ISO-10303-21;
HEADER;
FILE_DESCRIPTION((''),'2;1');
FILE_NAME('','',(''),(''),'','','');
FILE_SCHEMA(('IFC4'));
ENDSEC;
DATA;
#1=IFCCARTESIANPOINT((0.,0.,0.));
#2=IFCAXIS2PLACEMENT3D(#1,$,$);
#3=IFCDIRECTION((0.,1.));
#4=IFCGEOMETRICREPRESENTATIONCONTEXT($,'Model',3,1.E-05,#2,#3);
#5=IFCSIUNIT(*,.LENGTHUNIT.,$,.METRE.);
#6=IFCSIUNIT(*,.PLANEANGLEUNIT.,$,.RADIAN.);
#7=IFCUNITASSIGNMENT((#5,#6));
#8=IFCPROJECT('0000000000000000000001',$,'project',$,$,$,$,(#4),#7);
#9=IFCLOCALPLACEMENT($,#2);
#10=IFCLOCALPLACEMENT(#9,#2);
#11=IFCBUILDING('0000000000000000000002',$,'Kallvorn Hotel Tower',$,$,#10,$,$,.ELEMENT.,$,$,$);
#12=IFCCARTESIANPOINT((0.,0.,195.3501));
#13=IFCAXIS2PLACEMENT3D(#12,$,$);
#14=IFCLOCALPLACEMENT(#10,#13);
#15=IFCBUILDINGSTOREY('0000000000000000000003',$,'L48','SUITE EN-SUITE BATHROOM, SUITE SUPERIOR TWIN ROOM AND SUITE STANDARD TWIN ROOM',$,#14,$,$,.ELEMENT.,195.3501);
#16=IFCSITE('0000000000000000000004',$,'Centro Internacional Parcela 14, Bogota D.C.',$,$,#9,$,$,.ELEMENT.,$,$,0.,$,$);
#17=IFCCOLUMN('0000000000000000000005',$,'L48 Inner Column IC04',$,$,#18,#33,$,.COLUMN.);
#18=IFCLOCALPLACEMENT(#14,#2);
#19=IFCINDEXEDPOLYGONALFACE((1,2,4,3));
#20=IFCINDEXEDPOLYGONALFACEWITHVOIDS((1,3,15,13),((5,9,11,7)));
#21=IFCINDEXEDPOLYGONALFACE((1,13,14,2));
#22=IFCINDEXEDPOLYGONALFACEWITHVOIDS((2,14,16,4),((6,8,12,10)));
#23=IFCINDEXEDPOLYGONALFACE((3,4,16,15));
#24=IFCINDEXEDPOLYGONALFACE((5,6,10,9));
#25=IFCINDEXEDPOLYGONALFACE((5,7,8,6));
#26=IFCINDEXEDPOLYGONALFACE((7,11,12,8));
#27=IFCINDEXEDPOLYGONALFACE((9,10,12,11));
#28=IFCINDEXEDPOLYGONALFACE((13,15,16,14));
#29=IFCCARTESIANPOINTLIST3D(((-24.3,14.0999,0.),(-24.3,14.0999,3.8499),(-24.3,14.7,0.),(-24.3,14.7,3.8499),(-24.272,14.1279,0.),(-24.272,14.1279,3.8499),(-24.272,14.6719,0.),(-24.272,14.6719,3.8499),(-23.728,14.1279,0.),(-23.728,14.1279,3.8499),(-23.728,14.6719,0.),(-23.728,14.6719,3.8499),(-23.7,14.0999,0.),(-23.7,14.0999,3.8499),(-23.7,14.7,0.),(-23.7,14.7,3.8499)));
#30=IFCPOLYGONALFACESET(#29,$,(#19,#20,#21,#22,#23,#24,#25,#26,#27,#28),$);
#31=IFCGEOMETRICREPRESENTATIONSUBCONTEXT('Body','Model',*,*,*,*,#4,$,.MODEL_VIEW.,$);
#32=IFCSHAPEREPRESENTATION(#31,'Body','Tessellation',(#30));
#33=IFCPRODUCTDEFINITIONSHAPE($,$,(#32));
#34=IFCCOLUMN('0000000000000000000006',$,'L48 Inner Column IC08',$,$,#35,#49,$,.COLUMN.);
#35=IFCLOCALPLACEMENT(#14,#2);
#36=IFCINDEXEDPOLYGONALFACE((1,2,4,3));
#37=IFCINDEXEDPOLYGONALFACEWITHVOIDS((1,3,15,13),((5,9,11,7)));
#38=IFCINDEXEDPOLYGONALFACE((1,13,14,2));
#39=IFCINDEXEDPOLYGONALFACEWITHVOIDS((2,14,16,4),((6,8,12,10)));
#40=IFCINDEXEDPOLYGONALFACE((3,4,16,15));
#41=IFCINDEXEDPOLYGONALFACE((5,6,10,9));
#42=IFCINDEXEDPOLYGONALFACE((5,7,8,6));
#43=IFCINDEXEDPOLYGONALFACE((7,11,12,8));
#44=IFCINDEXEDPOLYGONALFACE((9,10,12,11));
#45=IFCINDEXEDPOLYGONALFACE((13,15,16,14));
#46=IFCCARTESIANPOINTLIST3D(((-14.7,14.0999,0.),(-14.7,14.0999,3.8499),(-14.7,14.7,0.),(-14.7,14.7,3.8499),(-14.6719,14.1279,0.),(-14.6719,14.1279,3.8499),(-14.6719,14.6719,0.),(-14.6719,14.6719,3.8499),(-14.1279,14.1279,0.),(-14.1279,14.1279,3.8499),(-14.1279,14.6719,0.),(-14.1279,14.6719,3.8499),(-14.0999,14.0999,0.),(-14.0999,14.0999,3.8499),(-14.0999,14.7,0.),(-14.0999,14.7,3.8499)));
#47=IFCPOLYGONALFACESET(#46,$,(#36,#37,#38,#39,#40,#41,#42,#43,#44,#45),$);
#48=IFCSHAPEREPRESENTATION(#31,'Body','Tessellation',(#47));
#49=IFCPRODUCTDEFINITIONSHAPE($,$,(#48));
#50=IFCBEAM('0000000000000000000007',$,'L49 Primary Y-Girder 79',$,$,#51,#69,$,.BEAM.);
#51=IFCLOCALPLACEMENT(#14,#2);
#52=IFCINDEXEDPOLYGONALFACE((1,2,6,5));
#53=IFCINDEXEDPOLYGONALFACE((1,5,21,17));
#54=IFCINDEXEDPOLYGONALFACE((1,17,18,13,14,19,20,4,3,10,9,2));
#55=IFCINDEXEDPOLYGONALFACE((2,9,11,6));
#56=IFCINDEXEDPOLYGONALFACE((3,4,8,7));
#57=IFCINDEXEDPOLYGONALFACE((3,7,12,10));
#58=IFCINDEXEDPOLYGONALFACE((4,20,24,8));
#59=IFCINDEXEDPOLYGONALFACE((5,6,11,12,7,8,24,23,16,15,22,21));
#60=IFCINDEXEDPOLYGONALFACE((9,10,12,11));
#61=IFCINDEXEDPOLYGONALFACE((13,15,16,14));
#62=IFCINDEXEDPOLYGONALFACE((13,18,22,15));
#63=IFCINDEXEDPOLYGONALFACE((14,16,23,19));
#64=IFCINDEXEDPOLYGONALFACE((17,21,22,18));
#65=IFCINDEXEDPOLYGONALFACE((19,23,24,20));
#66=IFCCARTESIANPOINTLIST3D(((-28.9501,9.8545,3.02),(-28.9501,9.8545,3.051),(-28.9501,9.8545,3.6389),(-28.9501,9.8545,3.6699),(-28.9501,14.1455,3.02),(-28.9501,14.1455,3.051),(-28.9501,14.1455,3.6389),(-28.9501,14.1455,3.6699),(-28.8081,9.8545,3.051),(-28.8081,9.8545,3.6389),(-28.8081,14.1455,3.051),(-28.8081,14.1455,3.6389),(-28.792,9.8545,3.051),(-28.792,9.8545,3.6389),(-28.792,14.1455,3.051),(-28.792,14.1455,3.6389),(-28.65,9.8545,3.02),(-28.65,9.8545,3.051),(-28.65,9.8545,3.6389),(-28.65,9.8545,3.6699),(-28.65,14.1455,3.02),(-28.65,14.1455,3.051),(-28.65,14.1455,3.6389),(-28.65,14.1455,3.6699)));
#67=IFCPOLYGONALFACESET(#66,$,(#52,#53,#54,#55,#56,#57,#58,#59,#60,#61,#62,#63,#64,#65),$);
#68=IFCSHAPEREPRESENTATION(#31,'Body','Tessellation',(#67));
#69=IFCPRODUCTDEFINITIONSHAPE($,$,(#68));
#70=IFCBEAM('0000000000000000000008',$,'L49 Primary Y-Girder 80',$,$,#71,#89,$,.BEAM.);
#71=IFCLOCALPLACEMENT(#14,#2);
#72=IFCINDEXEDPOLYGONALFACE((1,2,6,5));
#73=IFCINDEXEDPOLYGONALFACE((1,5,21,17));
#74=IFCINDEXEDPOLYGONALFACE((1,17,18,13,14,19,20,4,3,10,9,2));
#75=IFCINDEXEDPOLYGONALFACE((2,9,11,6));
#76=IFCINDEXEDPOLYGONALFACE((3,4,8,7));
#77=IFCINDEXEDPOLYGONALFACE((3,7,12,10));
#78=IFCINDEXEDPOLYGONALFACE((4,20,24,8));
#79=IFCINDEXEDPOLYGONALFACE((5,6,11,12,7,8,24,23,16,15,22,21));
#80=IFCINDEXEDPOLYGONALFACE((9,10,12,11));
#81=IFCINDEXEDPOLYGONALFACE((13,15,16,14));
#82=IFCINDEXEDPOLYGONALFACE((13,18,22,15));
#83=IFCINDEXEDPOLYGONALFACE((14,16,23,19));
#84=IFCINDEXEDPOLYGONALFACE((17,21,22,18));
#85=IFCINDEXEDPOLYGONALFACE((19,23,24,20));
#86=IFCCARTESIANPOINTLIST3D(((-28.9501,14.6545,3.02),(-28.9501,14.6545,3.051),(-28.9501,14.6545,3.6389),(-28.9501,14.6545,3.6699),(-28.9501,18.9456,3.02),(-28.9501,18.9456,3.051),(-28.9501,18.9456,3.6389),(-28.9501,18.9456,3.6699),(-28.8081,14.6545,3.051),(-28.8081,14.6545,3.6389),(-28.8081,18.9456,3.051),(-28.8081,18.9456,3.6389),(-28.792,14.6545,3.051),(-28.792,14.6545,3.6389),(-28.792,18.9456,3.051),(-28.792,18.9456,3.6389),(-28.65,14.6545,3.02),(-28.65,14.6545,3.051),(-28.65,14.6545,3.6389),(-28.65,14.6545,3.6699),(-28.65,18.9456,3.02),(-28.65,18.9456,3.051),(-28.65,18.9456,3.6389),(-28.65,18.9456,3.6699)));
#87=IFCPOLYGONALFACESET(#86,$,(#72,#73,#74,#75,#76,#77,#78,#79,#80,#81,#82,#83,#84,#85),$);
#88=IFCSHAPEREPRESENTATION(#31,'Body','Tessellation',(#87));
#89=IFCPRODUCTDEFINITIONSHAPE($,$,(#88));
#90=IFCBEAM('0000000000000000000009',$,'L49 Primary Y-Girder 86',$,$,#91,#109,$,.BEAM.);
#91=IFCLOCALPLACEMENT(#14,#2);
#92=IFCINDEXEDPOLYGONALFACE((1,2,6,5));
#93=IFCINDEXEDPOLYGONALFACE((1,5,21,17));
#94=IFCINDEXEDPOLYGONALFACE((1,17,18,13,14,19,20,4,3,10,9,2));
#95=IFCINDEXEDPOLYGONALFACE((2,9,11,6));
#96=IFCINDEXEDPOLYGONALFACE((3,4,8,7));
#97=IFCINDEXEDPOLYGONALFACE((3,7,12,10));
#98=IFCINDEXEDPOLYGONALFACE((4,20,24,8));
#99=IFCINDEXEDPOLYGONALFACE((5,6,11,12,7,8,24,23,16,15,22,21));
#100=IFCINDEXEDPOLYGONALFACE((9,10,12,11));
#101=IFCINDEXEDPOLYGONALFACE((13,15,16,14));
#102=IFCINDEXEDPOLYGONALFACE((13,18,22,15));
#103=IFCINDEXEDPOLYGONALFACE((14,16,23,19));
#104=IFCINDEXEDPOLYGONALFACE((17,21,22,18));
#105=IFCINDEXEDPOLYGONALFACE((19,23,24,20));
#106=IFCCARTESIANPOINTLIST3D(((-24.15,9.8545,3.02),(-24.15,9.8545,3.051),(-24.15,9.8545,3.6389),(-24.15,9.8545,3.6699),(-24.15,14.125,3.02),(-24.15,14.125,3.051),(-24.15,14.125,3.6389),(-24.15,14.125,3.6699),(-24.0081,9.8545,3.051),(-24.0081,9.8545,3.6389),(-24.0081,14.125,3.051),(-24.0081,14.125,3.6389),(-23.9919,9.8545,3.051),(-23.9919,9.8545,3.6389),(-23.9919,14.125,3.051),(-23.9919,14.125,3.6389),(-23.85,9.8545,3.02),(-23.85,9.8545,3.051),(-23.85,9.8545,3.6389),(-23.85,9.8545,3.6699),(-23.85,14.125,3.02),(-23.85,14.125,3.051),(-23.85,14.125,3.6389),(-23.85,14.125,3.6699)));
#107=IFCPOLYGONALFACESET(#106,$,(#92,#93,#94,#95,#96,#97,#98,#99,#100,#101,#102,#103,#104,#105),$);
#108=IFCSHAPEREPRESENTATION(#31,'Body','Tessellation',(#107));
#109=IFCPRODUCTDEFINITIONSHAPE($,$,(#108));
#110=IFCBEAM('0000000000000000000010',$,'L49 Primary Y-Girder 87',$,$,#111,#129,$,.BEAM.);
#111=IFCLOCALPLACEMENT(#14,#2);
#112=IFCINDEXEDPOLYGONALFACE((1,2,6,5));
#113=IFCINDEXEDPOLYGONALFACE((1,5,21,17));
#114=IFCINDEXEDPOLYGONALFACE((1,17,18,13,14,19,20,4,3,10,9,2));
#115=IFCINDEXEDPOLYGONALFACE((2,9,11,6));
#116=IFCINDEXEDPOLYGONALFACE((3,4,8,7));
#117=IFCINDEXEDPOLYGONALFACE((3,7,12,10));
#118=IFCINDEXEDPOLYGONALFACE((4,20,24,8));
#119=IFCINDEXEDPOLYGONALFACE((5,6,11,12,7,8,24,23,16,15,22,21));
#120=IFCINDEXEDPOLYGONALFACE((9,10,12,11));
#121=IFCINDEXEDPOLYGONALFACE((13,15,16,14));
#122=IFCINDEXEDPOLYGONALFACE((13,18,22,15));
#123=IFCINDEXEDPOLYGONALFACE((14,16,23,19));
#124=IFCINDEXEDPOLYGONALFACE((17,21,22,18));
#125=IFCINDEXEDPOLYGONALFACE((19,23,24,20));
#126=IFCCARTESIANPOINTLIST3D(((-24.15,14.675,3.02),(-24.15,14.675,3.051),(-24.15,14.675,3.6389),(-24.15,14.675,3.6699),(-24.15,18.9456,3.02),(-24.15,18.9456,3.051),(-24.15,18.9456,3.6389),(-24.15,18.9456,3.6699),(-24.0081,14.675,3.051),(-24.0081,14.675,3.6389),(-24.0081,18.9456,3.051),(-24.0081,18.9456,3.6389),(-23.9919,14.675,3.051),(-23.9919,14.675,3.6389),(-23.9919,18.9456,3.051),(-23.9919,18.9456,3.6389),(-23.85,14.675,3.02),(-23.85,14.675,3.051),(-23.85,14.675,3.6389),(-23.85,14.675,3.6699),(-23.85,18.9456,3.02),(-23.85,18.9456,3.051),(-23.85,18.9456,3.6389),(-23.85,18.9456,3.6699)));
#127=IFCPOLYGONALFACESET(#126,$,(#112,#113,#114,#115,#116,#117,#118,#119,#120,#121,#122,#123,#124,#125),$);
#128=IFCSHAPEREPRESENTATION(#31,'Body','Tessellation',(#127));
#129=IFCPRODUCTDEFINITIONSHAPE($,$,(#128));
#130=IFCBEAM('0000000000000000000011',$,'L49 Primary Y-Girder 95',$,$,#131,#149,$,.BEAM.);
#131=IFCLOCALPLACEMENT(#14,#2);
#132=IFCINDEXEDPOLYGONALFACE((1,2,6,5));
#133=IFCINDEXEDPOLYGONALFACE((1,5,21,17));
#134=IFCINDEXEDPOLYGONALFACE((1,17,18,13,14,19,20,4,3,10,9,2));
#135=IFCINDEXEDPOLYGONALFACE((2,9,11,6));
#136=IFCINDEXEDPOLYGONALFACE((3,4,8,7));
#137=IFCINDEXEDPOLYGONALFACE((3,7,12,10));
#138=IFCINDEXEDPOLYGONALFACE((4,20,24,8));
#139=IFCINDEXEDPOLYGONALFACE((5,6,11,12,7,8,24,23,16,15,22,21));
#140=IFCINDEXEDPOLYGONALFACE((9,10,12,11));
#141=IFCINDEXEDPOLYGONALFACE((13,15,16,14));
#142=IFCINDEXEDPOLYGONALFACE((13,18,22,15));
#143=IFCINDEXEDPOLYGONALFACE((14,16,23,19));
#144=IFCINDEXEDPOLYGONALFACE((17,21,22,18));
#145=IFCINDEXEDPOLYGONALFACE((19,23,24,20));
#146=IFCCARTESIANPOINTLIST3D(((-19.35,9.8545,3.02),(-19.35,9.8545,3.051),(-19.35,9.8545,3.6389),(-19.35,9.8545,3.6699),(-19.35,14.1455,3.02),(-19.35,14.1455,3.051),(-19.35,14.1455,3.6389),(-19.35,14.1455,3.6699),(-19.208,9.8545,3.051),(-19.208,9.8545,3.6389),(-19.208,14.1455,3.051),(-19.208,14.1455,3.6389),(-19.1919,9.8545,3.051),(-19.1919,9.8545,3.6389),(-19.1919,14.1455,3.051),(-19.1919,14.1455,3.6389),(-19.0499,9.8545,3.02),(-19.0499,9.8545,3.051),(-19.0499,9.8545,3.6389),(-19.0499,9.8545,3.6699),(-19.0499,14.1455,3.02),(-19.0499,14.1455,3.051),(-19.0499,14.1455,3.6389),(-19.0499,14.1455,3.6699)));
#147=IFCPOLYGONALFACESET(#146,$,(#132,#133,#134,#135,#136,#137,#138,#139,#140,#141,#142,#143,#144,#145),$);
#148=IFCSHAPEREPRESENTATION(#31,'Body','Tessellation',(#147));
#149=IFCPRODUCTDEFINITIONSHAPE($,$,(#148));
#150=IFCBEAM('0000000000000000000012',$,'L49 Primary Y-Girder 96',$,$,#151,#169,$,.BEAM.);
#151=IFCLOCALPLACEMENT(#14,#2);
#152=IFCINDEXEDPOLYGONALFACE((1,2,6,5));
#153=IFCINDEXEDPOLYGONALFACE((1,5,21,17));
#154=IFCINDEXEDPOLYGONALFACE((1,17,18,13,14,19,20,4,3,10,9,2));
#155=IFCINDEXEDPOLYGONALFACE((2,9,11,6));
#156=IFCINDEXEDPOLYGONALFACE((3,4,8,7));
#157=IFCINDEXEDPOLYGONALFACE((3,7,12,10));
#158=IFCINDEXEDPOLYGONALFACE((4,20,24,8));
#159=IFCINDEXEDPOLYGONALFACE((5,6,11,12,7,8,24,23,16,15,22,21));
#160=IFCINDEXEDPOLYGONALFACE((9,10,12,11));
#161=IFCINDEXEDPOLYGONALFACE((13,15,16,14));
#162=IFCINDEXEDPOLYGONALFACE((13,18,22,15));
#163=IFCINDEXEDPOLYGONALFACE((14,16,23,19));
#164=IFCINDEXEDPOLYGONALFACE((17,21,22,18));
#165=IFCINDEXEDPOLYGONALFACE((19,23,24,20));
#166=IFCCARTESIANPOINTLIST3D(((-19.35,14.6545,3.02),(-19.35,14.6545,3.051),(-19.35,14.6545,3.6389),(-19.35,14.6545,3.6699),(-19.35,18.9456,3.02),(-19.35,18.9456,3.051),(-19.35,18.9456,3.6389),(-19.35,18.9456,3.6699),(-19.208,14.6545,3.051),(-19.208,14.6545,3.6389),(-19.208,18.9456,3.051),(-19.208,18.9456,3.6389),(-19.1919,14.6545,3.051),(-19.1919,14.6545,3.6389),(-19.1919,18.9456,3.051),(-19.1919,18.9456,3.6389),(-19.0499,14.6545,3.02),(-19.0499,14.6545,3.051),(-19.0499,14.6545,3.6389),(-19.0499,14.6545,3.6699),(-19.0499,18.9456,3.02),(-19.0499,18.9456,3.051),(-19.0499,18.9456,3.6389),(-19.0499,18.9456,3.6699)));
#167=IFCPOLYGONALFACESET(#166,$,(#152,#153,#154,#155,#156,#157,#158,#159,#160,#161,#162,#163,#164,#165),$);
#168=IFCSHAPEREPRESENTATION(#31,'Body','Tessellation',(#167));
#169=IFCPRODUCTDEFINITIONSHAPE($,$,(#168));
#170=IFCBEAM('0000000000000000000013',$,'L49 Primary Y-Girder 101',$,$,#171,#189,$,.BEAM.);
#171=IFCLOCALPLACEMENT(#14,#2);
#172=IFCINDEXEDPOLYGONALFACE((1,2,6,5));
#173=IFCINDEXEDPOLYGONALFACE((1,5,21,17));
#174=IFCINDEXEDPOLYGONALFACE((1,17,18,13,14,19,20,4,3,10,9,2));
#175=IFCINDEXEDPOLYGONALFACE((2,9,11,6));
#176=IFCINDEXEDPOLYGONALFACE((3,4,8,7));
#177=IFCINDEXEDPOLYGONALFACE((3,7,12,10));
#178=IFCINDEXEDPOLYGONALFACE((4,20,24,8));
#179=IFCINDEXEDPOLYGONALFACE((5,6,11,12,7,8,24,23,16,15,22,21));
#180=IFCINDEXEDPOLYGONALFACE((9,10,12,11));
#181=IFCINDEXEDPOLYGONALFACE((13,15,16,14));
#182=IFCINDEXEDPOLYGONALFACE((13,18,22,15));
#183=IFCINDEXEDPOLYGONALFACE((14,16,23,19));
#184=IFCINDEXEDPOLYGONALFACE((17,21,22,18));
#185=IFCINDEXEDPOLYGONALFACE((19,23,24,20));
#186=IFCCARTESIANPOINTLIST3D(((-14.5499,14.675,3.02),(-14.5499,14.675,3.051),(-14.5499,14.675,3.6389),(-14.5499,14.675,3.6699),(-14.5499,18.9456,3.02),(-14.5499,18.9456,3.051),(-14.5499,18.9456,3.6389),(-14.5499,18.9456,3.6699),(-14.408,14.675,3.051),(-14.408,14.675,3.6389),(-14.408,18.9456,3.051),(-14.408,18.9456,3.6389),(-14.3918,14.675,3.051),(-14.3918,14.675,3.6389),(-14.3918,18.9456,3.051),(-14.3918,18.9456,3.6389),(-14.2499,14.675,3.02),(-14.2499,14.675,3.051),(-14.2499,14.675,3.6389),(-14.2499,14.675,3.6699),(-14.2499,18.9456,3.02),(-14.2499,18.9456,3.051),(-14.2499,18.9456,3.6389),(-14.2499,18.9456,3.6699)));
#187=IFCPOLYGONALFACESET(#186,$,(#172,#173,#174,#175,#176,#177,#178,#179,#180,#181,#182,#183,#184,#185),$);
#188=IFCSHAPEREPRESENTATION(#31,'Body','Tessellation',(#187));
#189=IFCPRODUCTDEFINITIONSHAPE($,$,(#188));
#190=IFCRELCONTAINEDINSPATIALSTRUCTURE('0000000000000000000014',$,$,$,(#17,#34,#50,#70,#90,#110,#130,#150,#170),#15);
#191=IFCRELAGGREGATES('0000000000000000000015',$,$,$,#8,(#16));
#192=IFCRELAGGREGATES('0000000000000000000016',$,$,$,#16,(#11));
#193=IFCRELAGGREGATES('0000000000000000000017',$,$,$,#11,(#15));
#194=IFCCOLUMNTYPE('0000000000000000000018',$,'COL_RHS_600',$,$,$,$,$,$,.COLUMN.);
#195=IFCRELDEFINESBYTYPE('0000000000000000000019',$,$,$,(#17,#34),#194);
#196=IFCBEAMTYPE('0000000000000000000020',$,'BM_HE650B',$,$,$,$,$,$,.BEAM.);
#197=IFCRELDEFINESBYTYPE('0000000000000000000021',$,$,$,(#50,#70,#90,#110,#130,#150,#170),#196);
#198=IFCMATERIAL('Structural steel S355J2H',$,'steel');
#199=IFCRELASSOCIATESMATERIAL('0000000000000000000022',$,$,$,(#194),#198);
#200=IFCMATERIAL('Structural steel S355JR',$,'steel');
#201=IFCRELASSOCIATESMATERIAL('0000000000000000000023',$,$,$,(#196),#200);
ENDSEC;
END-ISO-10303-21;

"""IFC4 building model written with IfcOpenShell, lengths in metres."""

from ifc_helpers import new_model, si_unit, direction, frame, origin, origin_2d, place, context, subcontext, project, spatial, hollow_rectangle, i_section, extrude, material, material_profile, profile_set, type_object, element, save


model = new_model("IFC4")

# Units and contexts
model_context = context("Model", 3, precision=1e-05, world=origin(), true_north=direction((0.0, 1.0)))
body_context = subcontext(model_context, "Body", "Model", "MODEL_VIEW")
ifc_project = project(units=[si_unit("LENGTHUNIT", "METRE"), si_unit("PLANEANGLEUNIT", "RADIAN")], contexts=[model_context])

# Site, building, storey
site_placement = place(None, origin())
site = spatial("IfcSite", under=ifc_project, at=site_placement, Name="Centro Internacional Parcela 14, Bogota D.C.", CompositionType="ELEMENT", RefElevation=0.0)
building_placement = place(site_placement, origin())
building = spatial("IfcBuilding", under=site, at=building_placement, Name="Kallvorn Hotel Tower", CompositionType="ELEMENT")
storey_placement = place(building_placement, frame((0.0, 0.0, 195.3501)))
storey = spatial("IfcBuildingStorey", under=building, at=storey_placement, Name="L48", Description="SUITE EN-SUITE BATHROOM, SUITE SUPERIOR TWIN ROOM AND SUITE STANDARD TWIN ROOM", CompositionType="ELEMENT", Elevation=195.3501)

# Columns
ifc_material_1 = material(Name="Structural steel S355J2H", Category="steel")
ifc_material_profile_1 = material_profile(ifc_material_1, hollow_rectangle(XDim=0.6001, YDim=0.6001, WallThickness=0.0281, at=origin_2d()), Name="RHS 600x600x28")
ifc_profile_set_1 = profile_set([ifc_material_profile_1], Name="Structural steel S355J2H")
column_type_1 = type_object("IfcColumnType", Name="COL_RHS_600", PredefinedType="COLUMN", material=ifc_profile_set_1)
for number, where, z_axis, x_axis, name in (
    (1, (-24.0, 14.3999, 0.0), (0.0, 0.0, 1.0), (1.0, 0.0, 0.0), "L48 Inner Column IC04"),
    (2, (-14.3999, 14.3999, 0.0), (0.0, 0.0, 1.0), (1.0, 0.0, 0.0), "L48 Inner Column IC08"),
):
    element("IfcColumn", number, at=place(storey_placement, frame(where, z_axis=z_axis, x_axis=x_axis)), inside=storey, type_object=column_type_1, Name=name, PredefinedType="COLUMN", context=body_context, shape_type="SweptSolid", body=[
        extrude(hollow_rectangle(XDim=0.6001, YDim=0.6001, WallThickness=0.0281, at=origin_2d()), origin(), (0.0, 0.0, 1.0), 3.8499),
    ])

# Beams
ifc_material_2 = material(Name="Structural steel S355JR", Category="steel")
ifc_material_profile_2 = material_profile(ifc_material_2, i_section(OverallWidth=0.3, OverallDepth=0.6499, WebThickness=0.0161, FlangeThickness=0.031, at=origin_2d()), Name="HE 650 B")
ifc_profile_set_2 = profile_set([ifc_material_profile_2], Name="Structural steel S355JR")
beam_type_1 = type_object("IfcBeamType", Name="BM_HE650B", PredefinedType="BEAM", material=ifc_profile_set_2)
for number, where, z_axis, x_axis, name in (
    (3, (-28.8, 9.8545, 3.345), (0.0, 1.0, 0.0), (-1.0, 0.0, 0.0), "L49 Primary Y-Girder 79"),
    (4, (-28.8, 14.6545, 3.345), (0.0, 1.0, 0.0), (-1.0, 0.0, 0.0), "L49 Primary Y-Girder 80"),
):
    element("IfcBeam", number, at=place(storey_placement, frame(where, z_axis=z_axis, x_axis=x_axis)), inside=storey, type_object=beam_type_1, Name=name, PredefinedType="BEAM", context=body_context, shape_type="SweptSolid", body=[
        extrude(i_section(OverallWidth=0.3, OverallDepth=0.6499, WebThickness=0.0161, FlangeThickness=0.031, at=origin_2d()), origin(), (0.0, 0.0, 1.0), 4.291),
    ])
for number, where, z_axis, x_axis, name in (
    (5, (-24.0, 9.8545, 3.345), (0.0, 1.0, 0.0), (-1.0, 0.0, 0.0), "L49 Primary Y-Girder 86"),
    (6, (-24.0, 14.675, 3.345), (0.0, 1.0, 0.0), (-1.0, 0.0, 0.0), "L49 Primary Y-Girder 87"),
):
    element("IfcBeam", number, at=place(storey_placement, frame(where, z_axis=z_axis, x_axis=x_axis)), inside=storey, type_object=beam_type_1, Name=name, PredefinedType="BEAM", context=body_context, shape_type="SweptSolid", body=[
        extrude(i_section(OverallWidth=0.3, OverallDepth=0.6499, WebThickness=0.0161, FlangeThickness=0.031, at=origin_2d()), origin(), (0.0, 0.0, 1.0), 4.2705),
    ])
for number, where, z_axis, x_axis, name in (
    (7, (-19.2, 9.8545, 3.345), (0.0, 1.0, 0.0), (-1.0, 0.0, 0.0), "L49 Primary Y-Girder 95"),
    (8, (-19.2, 14.6545, 3.345), (0.0, 1.0, 0.0), (-1.0, 0.0, 0.0), "L49 Primary Y-Girder 96"),
):
    element("IfcBeam", number, at=place(storey_placement, frame(where, z_axis=z_axis, x_axis=x_axis)), inside=storey, type_object=beam_type_1, Name=name, PredefinedType="BEAM", context=body_context, shape_type="SweptSolid", body=[
        extrude(i_section(OverallWidth=0.3, OverallDepth=0.6499, WebThickness=0.0161, FlangeThickness=0.031, at=origin_2d()), origin(), (0.0, 0.0, 1.0), 4.291),
    ])
beam_placement = place(storey_placement, frame((-14.3999, 14.675, 3.345), z_axis=(0.0, 1.0, 0.0), x_axis=(-1.0, 0.0, 0.0)))
element("IfcBeam", 9, at=beam_placement, inside=storey, type_object=beam_type_1, Name="L49 Primary Y-Girder 101", PredefinedType="BEAM", context=body_context, shape_type="SweptSolid", body=[
    extrude(i_section(OverallWidth=0.3, OverallDepth=0.6499, WebThickness=0.0161, FlangeThickness=0.031, at=origin_2d()), origin(), (0.0, 0.0, 1.0), 4.2705),
])

save(model, "model.ifc")
